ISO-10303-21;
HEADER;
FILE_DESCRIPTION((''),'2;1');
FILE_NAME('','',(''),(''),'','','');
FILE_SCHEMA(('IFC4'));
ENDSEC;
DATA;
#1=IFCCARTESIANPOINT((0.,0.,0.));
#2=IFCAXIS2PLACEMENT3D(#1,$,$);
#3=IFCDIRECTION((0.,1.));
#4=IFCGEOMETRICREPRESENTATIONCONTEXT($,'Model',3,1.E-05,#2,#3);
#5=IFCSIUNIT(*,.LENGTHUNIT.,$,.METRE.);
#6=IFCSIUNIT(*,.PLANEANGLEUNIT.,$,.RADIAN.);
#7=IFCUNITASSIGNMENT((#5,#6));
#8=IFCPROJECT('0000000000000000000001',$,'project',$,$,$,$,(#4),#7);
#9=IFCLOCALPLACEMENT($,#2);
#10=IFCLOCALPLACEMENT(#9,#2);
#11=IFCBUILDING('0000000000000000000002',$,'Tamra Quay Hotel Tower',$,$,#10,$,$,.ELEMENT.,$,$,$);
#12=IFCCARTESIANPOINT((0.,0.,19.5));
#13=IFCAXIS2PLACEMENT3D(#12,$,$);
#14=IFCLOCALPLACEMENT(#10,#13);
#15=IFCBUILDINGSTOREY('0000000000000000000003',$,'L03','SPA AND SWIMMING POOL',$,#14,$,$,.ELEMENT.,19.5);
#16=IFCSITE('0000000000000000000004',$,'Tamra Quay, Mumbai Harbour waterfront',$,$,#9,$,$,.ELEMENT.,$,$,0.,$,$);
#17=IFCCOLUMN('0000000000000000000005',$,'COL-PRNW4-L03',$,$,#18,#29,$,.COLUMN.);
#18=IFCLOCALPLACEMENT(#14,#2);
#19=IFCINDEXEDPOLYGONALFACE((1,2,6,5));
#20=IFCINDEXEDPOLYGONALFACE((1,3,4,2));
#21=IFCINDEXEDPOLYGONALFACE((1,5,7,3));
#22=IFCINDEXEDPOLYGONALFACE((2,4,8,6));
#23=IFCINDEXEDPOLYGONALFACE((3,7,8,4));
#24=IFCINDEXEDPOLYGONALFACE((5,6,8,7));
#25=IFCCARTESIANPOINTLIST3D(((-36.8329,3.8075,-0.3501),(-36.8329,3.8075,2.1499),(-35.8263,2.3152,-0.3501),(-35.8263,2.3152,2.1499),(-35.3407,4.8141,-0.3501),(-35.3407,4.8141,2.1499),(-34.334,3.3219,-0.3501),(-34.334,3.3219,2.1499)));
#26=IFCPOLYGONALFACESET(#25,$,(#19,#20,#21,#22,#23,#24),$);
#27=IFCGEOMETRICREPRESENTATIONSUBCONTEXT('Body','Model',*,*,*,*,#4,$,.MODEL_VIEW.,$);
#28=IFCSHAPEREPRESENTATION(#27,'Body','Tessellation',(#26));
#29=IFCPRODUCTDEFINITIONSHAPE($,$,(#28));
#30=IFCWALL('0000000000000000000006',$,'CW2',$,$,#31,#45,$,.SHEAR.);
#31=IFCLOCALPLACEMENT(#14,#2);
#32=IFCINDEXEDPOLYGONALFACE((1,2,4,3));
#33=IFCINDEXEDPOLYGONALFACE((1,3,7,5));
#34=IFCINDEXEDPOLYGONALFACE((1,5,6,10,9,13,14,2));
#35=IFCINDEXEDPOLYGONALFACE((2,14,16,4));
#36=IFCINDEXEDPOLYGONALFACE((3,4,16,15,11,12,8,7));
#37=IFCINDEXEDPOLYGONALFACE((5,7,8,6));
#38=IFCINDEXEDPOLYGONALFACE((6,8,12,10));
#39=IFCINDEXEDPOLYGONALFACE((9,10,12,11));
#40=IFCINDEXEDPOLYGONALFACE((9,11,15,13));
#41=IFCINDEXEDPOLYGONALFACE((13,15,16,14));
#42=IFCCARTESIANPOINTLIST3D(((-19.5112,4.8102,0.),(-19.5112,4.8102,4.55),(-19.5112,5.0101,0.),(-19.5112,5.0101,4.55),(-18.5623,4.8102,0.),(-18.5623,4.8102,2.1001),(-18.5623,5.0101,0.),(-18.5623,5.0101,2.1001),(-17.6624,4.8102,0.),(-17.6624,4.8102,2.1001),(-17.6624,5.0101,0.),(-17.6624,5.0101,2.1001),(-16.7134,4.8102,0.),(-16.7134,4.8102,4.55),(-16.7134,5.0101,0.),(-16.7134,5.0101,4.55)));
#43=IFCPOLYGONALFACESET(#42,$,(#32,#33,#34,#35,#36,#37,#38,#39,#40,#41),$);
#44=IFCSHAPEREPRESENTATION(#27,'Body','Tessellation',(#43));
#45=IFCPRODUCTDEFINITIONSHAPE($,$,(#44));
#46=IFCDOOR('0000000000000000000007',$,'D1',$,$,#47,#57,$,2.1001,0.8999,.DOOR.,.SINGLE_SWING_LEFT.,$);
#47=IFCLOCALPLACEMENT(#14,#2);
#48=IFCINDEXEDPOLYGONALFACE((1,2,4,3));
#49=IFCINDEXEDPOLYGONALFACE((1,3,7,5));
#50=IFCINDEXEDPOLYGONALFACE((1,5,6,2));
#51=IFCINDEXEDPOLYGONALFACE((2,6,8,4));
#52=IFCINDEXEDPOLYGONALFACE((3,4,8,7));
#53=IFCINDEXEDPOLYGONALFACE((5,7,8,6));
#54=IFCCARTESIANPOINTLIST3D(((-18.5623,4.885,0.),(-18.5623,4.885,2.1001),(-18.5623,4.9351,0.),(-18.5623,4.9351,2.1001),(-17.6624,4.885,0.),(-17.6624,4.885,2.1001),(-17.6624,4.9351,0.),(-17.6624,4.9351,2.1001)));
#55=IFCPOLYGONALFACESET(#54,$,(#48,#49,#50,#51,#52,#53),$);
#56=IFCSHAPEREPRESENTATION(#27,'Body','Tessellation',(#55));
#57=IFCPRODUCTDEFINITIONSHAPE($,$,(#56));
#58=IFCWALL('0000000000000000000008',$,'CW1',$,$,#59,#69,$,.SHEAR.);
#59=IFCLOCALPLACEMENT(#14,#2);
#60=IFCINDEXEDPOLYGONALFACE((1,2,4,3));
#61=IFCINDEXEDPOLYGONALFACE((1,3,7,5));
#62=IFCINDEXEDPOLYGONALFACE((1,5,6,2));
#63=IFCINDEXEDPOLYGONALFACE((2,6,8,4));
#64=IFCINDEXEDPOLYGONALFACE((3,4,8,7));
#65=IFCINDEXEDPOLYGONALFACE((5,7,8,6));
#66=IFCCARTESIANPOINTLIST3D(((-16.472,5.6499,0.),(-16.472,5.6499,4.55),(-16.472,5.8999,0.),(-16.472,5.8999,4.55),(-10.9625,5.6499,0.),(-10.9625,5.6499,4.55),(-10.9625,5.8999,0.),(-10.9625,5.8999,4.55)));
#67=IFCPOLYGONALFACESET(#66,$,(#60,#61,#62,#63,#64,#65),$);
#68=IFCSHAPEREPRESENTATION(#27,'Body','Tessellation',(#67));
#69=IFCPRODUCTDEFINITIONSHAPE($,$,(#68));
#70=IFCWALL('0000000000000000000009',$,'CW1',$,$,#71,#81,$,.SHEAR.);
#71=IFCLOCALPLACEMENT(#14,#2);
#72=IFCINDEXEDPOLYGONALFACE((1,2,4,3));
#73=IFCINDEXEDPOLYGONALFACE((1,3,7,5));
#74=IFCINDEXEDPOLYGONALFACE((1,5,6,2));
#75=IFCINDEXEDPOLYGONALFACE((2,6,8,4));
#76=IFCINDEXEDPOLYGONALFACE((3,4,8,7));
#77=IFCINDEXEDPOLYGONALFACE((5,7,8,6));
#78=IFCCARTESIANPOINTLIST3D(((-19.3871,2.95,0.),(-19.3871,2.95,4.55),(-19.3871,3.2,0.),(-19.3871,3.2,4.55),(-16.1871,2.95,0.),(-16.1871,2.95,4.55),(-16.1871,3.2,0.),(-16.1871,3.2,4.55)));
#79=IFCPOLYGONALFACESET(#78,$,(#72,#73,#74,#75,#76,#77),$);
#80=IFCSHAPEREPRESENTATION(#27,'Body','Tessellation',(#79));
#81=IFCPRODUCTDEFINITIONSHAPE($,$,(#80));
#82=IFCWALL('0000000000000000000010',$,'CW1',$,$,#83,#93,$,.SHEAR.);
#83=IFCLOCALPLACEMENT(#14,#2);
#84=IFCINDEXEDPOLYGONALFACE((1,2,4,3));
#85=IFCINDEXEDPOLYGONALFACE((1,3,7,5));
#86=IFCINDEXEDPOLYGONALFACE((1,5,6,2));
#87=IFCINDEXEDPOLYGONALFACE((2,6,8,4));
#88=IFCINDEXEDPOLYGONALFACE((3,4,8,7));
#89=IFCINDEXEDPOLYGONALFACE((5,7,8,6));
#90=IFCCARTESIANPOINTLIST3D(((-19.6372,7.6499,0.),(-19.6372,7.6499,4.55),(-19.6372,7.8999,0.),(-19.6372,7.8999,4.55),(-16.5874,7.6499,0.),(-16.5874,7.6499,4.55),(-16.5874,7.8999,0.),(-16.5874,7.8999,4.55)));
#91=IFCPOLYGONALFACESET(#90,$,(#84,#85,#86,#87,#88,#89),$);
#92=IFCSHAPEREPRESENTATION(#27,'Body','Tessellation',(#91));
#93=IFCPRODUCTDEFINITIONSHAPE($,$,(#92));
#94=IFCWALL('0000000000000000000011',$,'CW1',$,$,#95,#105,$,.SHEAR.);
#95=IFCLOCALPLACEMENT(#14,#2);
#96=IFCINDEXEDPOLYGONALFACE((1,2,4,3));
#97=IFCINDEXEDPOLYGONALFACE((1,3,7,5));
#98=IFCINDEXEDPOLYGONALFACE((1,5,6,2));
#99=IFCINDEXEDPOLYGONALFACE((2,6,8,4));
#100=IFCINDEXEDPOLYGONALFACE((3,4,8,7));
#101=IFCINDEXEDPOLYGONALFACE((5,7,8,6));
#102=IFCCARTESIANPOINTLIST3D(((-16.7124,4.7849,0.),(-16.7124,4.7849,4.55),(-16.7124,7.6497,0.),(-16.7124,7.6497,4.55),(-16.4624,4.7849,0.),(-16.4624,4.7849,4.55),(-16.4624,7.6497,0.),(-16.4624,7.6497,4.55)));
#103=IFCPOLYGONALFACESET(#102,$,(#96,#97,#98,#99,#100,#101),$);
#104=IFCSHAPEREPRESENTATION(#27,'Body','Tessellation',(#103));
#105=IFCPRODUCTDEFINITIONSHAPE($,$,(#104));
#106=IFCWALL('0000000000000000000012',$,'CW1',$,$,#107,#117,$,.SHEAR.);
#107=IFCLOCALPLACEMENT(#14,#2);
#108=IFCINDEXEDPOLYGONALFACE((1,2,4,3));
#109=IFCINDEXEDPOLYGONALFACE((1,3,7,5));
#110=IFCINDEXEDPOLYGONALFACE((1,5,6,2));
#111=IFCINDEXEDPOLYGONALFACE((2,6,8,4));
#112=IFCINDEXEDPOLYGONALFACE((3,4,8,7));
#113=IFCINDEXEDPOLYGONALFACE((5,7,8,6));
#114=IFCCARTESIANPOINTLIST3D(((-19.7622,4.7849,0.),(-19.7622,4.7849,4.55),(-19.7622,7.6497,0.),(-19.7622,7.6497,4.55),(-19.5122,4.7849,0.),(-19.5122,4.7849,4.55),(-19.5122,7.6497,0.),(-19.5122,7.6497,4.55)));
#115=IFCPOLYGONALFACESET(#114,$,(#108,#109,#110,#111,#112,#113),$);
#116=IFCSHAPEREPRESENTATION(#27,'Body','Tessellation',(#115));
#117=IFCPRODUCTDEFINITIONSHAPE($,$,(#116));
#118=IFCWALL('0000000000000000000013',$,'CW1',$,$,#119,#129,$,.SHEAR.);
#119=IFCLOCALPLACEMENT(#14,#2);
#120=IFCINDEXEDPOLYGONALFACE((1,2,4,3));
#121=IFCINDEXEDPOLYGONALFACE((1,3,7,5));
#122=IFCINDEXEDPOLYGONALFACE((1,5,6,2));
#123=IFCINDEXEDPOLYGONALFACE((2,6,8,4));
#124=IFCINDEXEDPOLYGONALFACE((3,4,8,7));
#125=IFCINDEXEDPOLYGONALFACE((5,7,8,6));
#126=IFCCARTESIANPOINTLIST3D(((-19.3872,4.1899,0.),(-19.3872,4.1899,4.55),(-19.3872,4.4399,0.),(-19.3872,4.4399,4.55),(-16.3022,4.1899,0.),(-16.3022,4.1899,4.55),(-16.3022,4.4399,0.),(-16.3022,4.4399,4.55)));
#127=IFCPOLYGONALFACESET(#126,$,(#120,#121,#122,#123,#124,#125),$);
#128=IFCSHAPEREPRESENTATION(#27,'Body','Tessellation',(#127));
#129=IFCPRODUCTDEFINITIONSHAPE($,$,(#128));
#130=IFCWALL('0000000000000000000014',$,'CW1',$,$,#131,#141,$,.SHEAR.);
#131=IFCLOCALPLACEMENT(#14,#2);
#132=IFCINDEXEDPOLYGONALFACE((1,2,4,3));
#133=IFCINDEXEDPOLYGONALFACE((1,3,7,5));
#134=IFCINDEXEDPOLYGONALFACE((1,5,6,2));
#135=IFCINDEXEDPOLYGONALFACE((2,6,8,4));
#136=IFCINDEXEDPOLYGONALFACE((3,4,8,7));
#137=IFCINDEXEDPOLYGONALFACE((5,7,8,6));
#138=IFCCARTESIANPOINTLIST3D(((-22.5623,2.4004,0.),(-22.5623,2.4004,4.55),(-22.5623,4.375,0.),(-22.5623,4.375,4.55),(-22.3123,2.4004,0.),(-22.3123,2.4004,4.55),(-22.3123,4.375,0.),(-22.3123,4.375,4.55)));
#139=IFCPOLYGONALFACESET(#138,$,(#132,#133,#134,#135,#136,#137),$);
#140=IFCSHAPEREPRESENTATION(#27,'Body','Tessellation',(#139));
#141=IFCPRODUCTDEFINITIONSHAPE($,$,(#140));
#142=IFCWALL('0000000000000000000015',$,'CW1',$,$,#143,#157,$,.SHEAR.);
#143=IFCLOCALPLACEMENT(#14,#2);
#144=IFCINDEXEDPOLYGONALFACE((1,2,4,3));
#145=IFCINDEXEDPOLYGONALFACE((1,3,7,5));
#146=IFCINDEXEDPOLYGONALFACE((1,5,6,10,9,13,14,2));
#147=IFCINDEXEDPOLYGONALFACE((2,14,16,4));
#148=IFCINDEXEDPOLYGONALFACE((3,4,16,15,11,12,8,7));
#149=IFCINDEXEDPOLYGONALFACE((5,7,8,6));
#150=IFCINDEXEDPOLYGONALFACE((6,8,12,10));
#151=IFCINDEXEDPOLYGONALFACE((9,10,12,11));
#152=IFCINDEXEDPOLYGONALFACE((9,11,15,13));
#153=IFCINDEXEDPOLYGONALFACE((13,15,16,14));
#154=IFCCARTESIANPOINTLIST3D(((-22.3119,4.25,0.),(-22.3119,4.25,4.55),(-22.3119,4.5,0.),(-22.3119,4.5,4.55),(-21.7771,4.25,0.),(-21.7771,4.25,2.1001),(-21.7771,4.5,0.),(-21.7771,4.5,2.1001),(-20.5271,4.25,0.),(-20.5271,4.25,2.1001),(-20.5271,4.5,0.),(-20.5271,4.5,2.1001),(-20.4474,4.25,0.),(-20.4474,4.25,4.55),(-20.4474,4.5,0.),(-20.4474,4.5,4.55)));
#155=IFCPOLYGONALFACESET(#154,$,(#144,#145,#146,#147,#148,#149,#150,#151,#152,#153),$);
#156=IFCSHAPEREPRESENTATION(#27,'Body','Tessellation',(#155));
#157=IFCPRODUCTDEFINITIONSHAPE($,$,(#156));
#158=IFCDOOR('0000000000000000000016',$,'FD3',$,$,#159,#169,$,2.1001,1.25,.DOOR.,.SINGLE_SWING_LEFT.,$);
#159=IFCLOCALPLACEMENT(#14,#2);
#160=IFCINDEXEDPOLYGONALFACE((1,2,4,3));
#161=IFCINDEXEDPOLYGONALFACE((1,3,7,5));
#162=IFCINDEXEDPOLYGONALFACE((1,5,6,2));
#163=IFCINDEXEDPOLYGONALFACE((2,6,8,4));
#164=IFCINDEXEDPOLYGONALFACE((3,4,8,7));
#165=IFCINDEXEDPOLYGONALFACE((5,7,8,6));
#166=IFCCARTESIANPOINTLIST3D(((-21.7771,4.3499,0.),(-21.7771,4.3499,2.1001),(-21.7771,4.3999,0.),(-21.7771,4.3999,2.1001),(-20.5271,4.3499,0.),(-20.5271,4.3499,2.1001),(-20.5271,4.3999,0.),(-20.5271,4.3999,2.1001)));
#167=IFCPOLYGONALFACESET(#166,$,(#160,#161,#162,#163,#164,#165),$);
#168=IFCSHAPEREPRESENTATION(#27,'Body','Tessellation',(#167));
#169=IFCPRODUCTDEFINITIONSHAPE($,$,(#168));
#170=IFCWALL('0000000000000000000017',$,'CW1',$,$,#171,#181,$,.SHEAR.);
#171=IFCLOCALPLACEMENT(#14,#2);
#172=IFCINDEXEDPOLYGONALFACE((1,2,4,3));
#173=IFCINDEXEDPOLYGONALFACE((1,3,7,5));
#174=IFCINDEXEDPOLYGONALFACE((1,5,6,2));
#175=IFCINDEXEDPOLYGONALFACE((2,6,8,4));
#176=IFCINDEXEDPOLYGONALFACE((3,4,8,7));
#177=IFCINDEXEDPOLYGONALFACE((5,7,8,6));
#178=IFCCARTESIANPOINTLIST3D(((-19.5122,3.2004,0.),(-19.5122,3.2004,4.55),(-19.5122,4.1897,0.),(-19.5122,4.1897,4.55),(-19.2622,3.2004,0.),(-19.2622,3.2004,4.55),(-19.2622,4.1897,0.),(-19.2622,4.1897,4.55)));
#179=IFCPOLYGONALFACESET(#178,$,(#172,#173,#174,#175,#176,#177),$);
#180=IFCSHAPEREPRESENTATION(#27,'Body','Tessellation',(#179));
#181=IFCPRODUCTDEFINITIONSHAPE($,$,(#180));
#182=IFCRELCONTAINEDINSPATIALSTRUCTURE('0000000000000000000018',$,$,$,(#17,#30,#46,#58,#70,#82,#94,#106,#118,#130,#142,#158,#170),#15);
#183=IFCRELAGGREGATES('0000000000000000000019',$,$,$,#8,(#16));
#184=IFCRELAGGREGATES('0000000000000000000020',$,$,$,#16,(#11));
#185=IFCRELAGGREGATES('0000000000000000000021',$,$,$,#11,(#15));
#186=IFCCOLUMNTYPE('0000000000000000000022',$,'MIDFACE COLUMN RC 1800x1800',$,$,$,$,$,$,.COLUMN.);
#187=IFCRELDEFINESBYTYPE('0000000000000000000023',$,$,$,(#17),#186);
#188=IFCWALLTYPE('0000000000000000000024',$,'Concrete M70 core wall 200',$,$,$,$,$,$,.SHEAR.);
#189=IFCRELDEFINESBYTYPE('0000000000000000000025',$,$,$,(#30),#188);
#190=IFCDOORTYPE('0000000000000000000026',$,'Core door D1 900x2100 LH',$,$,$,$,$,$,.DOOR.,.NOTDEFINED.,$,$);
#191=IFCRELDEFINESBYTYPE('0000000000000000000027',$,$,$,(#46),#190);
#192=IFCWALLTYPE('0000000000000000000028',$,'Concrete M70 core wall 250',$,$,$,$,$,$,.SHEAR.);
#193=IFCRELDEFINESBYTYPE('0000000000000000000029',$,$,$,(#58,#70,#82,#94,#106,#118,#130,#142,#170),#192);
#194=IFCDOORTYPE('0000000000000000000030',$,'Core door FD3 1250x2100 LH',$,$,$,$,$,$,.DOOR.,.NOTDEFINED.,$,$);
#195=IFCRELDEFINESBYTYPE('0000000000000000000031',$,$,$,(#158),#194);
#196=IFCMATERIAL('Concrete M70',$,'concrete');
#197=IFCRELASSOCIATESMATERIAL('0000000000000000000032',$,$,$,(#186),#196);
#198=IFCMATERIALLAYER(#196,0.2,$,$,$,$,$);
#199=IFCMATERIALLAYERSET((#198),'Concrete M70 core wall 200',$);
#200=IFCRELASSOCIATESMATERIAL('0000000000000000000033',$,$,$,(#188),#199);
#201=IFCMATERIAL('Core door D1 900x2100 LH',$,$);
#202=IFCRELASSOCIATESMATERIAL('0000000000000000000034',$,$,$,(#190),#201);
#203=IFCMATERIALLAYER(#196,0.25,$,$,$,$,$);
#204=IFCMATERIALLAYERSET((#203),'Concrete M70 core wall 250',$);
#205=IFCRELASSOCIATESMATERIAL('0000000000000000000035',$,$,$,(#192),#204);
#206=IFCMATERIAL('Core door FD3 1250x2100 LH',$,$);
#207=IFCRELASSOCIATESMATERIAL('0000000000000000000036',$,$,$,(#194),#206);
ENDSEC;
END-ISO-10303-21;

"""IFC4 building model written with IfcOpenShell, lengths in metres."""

from ifc_helpers import new_model, si_unit, direction, frame, frame_2d, origin, origin_2d, place, context, subcontext, project, spatial, rectangle, extrude, material, layer, layer_set, material_profile, profile_set, type_object, element, fill, save


model = new_model("IFC4")

# Units and contexts
model_context = context("Model", 3, precision=1e-05, world=origin(), true_north=direction((0.0, 1.0)))
body_context = subcontext(model_context, "Body", "Model", "MODEL_VIEW")
ifc_project = project(units=[si_unit("LENGTHUNIT", "METRE"), si_unit("PLANEANGLEUNIT", "RADIAN")], contexts=[model_context])

# Site, building, storey
site_placement = place(None, origin())
site = spatial("IfcSite", under=ifc_project, at=site_placement, Name="Tamra Quay, Mumbai Harbour waterfront", CompositionType="ELEMENT", RefElevation=0.0)
building_placement = place(site_placement, origin())
building = spatial("IfcBuilding", under=site, at=building_placement, Name="Tamra Quay Hotel Tower", CompositionType="ELEMENT")
storey_placement = place(building_placement, frame((0.0, 0.0, 19.5)))
storey = spatial("IfcBuildingStorey", under=building, at=storey_placement, Name="L03", Description="SPA AND SWIMMING POOL", CompositionType="ELEMENT", Elevation=19.5)

# Column
ifc_material_1 = material(Name="Concrete M70", Category="concrete")
ifc_material_profile = material_profile(ifc_material_1, rectangle(XDim=1.8, YDim=1.8, at=origin_2d()), Name="MIDFACE COLUMN RC 1800x1800")
ifc_profile_set = profile_set([ifc_material_profile], Name="Concrete M70")
column_type = type_object("IfcColumnType", Name="MIDFACE COLUMN RC 1800x1800", PredefinedType="COLUMN", material=ifc_profile_set)
column_placement = place(storey_placement, frame((-35.5835, 3.5647, -0.3501), z_axis=(0.0, 0.0, 1.0), x_axis=(-0.55922, 0.829019, 0.0)))
element("IfcColumn", 1, at=column_placement, inside=storey, type_object=column_type, Name="COL-PRNW4-L03", PredefinedType="COLUMN", context=body_context, shape_type="SweptSolid", body=[
    extrude(rectangle(XDim=1.8, YDim=1.8, at=origin_2d()), origin(), (0.0, 0.0, 1.0), 2.5),
])

# Wall, opening, door
ifc_layer_1 = layer(ifc_material_1, 0.2)
ifc_layer_set_1 = layer_set([ifc_layer_1], Name="Concrete M70 core wall 200")
wall_type_1 = type_object("IfcWallType", Name="Concrete M70 core wall 200", PredefinedType="SHEAR", material=ifc_layer_set_1)
wall_1_placement = place(storey_placement, frame((-19.5112, 4.9102, 0.0), z_axis=(0.0, 0.0, 1.0), x_axis=(1.0, 0.0, 0.0)))
wall_1 = element("IfcWall", 2, at=wall_1_placement, inside=storey, type_object=wall_type_1, Name="CW2", PredefinedType="SHEAR", context=body_context, shape_type="SweptSolid", body=[
    extrude(rectangle(XDim=2.7979, YDim=0.2, at=frame_2d((1.3989, 0.0))), origin(), (0.0, 0.0, 1.0), 4.55),
])
opening_1_placement = place(wall_1_placement, frame((0.949, 0.0, 0.0)))
opening_1 = element("IfcOpeningElement", 3, at=opening_1_placement, cuts=wall_1, PredefinedType="OPENING", context=body_context, shape_type="SweptSolid", body=[
    extrude(rectangle(XDim=0.8999, YDim=2.1001, at=frame_2d((0.45, 1.05))), frame((0.0, 0.1099, 0.0), z_axis=(0.0, -1.0, 0.0), x_axis=(1.0, 0.0, 0.0)), (0.0, 0.0, 1.0), 0.22),
])
ifc_material_2 = material(Name="Core door D1 900x2100 LH")
door_type_1 = type_object("IfcDoorType", Name="Core door D1 900x2100 LH", OperationType="NOTDEFINED", PredefinedType="DOOR", material=ifc_material_2)
door_1_placement = place(opening_1_placement, origin())
door_1 = element("IfcDoor", 4, at=door_1_placement, inside=storey, type_object=door_type_1, Name="D1", OperationType="SINGLE_SWING_LEFT", OverallHeight=2.1001, OverallWidth=0.8999, PredefinedType="DOOR", context=body_context, shape_type="SweptSolid", body=[
    extrude(rectangle(XDim=0.8999, YDim=2.1001, at=frame_2d((0.45, 1.05))), frame((0.0, 0.0249, 0.0), z_axis=(0.0, -1.0, 0.0), x_axis=(1.0, 0.0, 0.0)), (0.0, 0.0, 1.0), 0.05),
])
fill(opening_1, door_1)

# Walls
ifc_layer_2 = layer(ifc_material_1, 0.25)
ifc_layer_set_2 = layer_set([ifc_layer_2], Name="Concrete M70 core wall 250")
wall_type_2 = type_object("IfcWallType", Name="Concrete M70 core wall 250", PredefinedType="SHEAR", material=ifc_layer_set_2)
wall_2_placement = place(storey_placement, frame((-16.4722, 5.7749, 0.0), z_axis=(0.0, 0.0, 1.0), x_axis=(1.0, 0.0, 0.0)))
element("IfcWall", 5, at=wall_2_placement, inside=storey, type_object=wall_type_2, Name="CW1", PredefinedType="SHEAR", context=body_context, shape_type="SweptSolid", body=[
    extrude(rectangle(XDim=5.5095, YDim=0.25, at=frame_2d((2.7549, 0.0))), origin(), (0.0, 0.0, 1.0), 4.55),
])
wall_3_placement = place(storey_placement, frame((-19.3872, 3.075, 0.0), z_axis=(0.0, 0.0, 1.0), x_axis=(1.0, 0.0, 0.0)))
element("IfcWall", 6, at=wall_3_placement, inside=storey, type_object=wall_type_2, Name="CW1", PredefinedType="SHEAR", context=body_context, shape_type="SweptSolid", body=[
    extrude(rectangle(XDim=3.2, YDim=0.25, at=frame_2d((1.6001, 0.0))), origin(), (0.0, 0.0, 1.0), 4.55),
])
wall_4_placement = place(storey_placement, frame((-19.6372, 7.7749, 0.0), z_axis=(0.0, 0.0, 1.0), x_axis=(1.0, 0.0, 0.0)))
element("IfcWall", 7, at=wall_4_placement, inside=storey, type_object=wall_type_2, Name="CW1", PredefinedType="SHEAR", context=body_context, shape_type="SweptSolid", body=[
    extrude(rectangle(XDim=3.0498, YDim=0.25, at=frame_2d((1.5249, 0.0))), origin(), (0.0, 0.0, 1.0), 4.55),
])
for number, where, z_axis, x_axis, name in (
    (8, (-16.5874, 7.6497, 0.0), (0.0, 0.0, 1.0), (0.0, -1.0, 0.0), "CW1"),
    (9, (-19.6372, 4.7849, 0.0), (0.0, 0.0, 1.0), (0.0, 1.0, 0.0), "CW1"),
):
    element("IfcWall", number, at=place(storey_placement, frame(where, z_axis=z_axis, x_axis=x_axis)), inside=storey, type_object=wall_type_2, Name=name, PredefinedType="SHEAR", context=body_context, shape_type="SweptSolid", body=[
        extrude(rectangle(XDim=2.8647, YDim=0.25, at=frame_2d((1.4324, 0.0))), origin(), (0.0, 0.0, 1.0), 4.55),
    ])
wall_5_placement = place(storey_placement, frame((-16.3022, 4.3149, 0.0), z_axis=(0.0, 0.0, 1.0), x_axis=(-1.0, 0.0, 0.0)))
element("IfcWall", 10, at=wall_5_placement, inside=storey, type_object=wall_type_2, Name="CW1", PredefinedType="SHEAR", context=body_context, shape_type="SweptSolid", body=[
    extrude(rectangle(XDim=3.085, YDim=0.25, at=frame_2d((1.5425, 0.0))), origin(), (0.0, 0.0, 1.0), 4.55),
])
wall_6_placement = place(storey_placement, frame((-22.4373, 2.4004, 0.0), z_axis=(0.0, 0.0, 1.0), x_axis=(0.0, 1.0, 0.0)))
element("IfcWall", 11, at=wall_6_placement, inside=storey, type_object=wall_type_2, Name="CW1", PredefinedType="SHEAR", context=body_context, shape_type="SweptSolid", body=[
    extrude(rectangle(XDim=1.9746, YDim=0.25, at=frame_2d((0.9873, 0.0))), origin(), (0.0, 0.0, 1.0), 4.55),
])

# Wall, opening, door
wall_7_placement = place(storey_placement, frame((-22.3118, 4.375, 0.0), z_axis=(0.0, 0.0, 1.0), x_axis=(1.0, 0.0, 0.0)))
wall_7 = element("IfcWall", 12, at=wall_7_placement, inside=storey, type_object=wall_type_2, Name="CW1", PredefinedType="SHEAR", context=body_context, shape_type="SweptSolid", body=[
    extrude(rectangle(XDim=1.8645, YDim=0.25, at=frame_2d((0.9321, 0.0))), origin(), (0.0, 0.0, 1.0), 4.55),
])
opening_2_placement = place(wall_7_placement, frame((0.5347, 0.0, 0.0)))
opening_2 = element("IfcOpeningElement", 13, at=opening_2_placement, cuts=wall_7, PredefinedType="OPENING", context=body_context, shape_type="SweptSolid", body=[
    extrude(rectangle(XDim=1.25, YDim=2.1001, at=frame_2d((0.625, 1.05))), frame((0.0, 0.135, 0.0), z_axis=(0.0, -1.0, 0.0), x_axis=(1.0, 0.0, 0.0)), (0.0, 0.0, 1.0), 0.27),
])
ifc_material_3 = material(Name="Core door FD3 1250x2100 LH")
door_type_2 = type_object("IfcDoorType", Name="Core door FD3 1250x2100 LH", OperationType="NOTDEFINED", PredefinedType="DOOR", material=ifc_material_3)
door_2_placement = place(opening_2_placement, origin())
door_2 = element("IfcDoor", 14, at=door_2_placement, inside=storey, type_object=door_type_2, Name="FD3", OperationType="SINGLE_SWING_LEFT", OverallHeight=2.1001, OverallWidth=1.25, PredefinedType="DOOR", context=body_context, shape_type="SweptSolid", body=[
    extrude(rectangle(XDim=1.25, YDim=2.1001, at=frame_2d((0.625, 1.05))), frame((0.0, 0.0249, 0.0), z_axis=(0.0, -1.0, 0.0), x_axis=(1.0, 0.0, 0.0)), (0.0, 0.0, 1.0), 0.05),
])
fill(opening_2, door_2)

# Wall
wall_8_placement = place(storey_placement, frame((-19.3872, 4.1897, 0.0), z_axis=(0.0, 0.0, 1.0), x_axis=(0.0, -1.0, 0.0)))
element("IfcWall", 15, at=wall_8_placement, inside=storey, type_object=wall_type_2, Name="CW1", PredefinedType="SHEAR", context=body_context, shape_type="SweptSolid", body=[
    extrude(rectangle(XDim=0.9893, YDim=0.25, at=frame_2d((0.4946, 0.0))), origin(), (0.0, 0.0, 1.0), 4.55),
])

save(model, "model.ifc")
